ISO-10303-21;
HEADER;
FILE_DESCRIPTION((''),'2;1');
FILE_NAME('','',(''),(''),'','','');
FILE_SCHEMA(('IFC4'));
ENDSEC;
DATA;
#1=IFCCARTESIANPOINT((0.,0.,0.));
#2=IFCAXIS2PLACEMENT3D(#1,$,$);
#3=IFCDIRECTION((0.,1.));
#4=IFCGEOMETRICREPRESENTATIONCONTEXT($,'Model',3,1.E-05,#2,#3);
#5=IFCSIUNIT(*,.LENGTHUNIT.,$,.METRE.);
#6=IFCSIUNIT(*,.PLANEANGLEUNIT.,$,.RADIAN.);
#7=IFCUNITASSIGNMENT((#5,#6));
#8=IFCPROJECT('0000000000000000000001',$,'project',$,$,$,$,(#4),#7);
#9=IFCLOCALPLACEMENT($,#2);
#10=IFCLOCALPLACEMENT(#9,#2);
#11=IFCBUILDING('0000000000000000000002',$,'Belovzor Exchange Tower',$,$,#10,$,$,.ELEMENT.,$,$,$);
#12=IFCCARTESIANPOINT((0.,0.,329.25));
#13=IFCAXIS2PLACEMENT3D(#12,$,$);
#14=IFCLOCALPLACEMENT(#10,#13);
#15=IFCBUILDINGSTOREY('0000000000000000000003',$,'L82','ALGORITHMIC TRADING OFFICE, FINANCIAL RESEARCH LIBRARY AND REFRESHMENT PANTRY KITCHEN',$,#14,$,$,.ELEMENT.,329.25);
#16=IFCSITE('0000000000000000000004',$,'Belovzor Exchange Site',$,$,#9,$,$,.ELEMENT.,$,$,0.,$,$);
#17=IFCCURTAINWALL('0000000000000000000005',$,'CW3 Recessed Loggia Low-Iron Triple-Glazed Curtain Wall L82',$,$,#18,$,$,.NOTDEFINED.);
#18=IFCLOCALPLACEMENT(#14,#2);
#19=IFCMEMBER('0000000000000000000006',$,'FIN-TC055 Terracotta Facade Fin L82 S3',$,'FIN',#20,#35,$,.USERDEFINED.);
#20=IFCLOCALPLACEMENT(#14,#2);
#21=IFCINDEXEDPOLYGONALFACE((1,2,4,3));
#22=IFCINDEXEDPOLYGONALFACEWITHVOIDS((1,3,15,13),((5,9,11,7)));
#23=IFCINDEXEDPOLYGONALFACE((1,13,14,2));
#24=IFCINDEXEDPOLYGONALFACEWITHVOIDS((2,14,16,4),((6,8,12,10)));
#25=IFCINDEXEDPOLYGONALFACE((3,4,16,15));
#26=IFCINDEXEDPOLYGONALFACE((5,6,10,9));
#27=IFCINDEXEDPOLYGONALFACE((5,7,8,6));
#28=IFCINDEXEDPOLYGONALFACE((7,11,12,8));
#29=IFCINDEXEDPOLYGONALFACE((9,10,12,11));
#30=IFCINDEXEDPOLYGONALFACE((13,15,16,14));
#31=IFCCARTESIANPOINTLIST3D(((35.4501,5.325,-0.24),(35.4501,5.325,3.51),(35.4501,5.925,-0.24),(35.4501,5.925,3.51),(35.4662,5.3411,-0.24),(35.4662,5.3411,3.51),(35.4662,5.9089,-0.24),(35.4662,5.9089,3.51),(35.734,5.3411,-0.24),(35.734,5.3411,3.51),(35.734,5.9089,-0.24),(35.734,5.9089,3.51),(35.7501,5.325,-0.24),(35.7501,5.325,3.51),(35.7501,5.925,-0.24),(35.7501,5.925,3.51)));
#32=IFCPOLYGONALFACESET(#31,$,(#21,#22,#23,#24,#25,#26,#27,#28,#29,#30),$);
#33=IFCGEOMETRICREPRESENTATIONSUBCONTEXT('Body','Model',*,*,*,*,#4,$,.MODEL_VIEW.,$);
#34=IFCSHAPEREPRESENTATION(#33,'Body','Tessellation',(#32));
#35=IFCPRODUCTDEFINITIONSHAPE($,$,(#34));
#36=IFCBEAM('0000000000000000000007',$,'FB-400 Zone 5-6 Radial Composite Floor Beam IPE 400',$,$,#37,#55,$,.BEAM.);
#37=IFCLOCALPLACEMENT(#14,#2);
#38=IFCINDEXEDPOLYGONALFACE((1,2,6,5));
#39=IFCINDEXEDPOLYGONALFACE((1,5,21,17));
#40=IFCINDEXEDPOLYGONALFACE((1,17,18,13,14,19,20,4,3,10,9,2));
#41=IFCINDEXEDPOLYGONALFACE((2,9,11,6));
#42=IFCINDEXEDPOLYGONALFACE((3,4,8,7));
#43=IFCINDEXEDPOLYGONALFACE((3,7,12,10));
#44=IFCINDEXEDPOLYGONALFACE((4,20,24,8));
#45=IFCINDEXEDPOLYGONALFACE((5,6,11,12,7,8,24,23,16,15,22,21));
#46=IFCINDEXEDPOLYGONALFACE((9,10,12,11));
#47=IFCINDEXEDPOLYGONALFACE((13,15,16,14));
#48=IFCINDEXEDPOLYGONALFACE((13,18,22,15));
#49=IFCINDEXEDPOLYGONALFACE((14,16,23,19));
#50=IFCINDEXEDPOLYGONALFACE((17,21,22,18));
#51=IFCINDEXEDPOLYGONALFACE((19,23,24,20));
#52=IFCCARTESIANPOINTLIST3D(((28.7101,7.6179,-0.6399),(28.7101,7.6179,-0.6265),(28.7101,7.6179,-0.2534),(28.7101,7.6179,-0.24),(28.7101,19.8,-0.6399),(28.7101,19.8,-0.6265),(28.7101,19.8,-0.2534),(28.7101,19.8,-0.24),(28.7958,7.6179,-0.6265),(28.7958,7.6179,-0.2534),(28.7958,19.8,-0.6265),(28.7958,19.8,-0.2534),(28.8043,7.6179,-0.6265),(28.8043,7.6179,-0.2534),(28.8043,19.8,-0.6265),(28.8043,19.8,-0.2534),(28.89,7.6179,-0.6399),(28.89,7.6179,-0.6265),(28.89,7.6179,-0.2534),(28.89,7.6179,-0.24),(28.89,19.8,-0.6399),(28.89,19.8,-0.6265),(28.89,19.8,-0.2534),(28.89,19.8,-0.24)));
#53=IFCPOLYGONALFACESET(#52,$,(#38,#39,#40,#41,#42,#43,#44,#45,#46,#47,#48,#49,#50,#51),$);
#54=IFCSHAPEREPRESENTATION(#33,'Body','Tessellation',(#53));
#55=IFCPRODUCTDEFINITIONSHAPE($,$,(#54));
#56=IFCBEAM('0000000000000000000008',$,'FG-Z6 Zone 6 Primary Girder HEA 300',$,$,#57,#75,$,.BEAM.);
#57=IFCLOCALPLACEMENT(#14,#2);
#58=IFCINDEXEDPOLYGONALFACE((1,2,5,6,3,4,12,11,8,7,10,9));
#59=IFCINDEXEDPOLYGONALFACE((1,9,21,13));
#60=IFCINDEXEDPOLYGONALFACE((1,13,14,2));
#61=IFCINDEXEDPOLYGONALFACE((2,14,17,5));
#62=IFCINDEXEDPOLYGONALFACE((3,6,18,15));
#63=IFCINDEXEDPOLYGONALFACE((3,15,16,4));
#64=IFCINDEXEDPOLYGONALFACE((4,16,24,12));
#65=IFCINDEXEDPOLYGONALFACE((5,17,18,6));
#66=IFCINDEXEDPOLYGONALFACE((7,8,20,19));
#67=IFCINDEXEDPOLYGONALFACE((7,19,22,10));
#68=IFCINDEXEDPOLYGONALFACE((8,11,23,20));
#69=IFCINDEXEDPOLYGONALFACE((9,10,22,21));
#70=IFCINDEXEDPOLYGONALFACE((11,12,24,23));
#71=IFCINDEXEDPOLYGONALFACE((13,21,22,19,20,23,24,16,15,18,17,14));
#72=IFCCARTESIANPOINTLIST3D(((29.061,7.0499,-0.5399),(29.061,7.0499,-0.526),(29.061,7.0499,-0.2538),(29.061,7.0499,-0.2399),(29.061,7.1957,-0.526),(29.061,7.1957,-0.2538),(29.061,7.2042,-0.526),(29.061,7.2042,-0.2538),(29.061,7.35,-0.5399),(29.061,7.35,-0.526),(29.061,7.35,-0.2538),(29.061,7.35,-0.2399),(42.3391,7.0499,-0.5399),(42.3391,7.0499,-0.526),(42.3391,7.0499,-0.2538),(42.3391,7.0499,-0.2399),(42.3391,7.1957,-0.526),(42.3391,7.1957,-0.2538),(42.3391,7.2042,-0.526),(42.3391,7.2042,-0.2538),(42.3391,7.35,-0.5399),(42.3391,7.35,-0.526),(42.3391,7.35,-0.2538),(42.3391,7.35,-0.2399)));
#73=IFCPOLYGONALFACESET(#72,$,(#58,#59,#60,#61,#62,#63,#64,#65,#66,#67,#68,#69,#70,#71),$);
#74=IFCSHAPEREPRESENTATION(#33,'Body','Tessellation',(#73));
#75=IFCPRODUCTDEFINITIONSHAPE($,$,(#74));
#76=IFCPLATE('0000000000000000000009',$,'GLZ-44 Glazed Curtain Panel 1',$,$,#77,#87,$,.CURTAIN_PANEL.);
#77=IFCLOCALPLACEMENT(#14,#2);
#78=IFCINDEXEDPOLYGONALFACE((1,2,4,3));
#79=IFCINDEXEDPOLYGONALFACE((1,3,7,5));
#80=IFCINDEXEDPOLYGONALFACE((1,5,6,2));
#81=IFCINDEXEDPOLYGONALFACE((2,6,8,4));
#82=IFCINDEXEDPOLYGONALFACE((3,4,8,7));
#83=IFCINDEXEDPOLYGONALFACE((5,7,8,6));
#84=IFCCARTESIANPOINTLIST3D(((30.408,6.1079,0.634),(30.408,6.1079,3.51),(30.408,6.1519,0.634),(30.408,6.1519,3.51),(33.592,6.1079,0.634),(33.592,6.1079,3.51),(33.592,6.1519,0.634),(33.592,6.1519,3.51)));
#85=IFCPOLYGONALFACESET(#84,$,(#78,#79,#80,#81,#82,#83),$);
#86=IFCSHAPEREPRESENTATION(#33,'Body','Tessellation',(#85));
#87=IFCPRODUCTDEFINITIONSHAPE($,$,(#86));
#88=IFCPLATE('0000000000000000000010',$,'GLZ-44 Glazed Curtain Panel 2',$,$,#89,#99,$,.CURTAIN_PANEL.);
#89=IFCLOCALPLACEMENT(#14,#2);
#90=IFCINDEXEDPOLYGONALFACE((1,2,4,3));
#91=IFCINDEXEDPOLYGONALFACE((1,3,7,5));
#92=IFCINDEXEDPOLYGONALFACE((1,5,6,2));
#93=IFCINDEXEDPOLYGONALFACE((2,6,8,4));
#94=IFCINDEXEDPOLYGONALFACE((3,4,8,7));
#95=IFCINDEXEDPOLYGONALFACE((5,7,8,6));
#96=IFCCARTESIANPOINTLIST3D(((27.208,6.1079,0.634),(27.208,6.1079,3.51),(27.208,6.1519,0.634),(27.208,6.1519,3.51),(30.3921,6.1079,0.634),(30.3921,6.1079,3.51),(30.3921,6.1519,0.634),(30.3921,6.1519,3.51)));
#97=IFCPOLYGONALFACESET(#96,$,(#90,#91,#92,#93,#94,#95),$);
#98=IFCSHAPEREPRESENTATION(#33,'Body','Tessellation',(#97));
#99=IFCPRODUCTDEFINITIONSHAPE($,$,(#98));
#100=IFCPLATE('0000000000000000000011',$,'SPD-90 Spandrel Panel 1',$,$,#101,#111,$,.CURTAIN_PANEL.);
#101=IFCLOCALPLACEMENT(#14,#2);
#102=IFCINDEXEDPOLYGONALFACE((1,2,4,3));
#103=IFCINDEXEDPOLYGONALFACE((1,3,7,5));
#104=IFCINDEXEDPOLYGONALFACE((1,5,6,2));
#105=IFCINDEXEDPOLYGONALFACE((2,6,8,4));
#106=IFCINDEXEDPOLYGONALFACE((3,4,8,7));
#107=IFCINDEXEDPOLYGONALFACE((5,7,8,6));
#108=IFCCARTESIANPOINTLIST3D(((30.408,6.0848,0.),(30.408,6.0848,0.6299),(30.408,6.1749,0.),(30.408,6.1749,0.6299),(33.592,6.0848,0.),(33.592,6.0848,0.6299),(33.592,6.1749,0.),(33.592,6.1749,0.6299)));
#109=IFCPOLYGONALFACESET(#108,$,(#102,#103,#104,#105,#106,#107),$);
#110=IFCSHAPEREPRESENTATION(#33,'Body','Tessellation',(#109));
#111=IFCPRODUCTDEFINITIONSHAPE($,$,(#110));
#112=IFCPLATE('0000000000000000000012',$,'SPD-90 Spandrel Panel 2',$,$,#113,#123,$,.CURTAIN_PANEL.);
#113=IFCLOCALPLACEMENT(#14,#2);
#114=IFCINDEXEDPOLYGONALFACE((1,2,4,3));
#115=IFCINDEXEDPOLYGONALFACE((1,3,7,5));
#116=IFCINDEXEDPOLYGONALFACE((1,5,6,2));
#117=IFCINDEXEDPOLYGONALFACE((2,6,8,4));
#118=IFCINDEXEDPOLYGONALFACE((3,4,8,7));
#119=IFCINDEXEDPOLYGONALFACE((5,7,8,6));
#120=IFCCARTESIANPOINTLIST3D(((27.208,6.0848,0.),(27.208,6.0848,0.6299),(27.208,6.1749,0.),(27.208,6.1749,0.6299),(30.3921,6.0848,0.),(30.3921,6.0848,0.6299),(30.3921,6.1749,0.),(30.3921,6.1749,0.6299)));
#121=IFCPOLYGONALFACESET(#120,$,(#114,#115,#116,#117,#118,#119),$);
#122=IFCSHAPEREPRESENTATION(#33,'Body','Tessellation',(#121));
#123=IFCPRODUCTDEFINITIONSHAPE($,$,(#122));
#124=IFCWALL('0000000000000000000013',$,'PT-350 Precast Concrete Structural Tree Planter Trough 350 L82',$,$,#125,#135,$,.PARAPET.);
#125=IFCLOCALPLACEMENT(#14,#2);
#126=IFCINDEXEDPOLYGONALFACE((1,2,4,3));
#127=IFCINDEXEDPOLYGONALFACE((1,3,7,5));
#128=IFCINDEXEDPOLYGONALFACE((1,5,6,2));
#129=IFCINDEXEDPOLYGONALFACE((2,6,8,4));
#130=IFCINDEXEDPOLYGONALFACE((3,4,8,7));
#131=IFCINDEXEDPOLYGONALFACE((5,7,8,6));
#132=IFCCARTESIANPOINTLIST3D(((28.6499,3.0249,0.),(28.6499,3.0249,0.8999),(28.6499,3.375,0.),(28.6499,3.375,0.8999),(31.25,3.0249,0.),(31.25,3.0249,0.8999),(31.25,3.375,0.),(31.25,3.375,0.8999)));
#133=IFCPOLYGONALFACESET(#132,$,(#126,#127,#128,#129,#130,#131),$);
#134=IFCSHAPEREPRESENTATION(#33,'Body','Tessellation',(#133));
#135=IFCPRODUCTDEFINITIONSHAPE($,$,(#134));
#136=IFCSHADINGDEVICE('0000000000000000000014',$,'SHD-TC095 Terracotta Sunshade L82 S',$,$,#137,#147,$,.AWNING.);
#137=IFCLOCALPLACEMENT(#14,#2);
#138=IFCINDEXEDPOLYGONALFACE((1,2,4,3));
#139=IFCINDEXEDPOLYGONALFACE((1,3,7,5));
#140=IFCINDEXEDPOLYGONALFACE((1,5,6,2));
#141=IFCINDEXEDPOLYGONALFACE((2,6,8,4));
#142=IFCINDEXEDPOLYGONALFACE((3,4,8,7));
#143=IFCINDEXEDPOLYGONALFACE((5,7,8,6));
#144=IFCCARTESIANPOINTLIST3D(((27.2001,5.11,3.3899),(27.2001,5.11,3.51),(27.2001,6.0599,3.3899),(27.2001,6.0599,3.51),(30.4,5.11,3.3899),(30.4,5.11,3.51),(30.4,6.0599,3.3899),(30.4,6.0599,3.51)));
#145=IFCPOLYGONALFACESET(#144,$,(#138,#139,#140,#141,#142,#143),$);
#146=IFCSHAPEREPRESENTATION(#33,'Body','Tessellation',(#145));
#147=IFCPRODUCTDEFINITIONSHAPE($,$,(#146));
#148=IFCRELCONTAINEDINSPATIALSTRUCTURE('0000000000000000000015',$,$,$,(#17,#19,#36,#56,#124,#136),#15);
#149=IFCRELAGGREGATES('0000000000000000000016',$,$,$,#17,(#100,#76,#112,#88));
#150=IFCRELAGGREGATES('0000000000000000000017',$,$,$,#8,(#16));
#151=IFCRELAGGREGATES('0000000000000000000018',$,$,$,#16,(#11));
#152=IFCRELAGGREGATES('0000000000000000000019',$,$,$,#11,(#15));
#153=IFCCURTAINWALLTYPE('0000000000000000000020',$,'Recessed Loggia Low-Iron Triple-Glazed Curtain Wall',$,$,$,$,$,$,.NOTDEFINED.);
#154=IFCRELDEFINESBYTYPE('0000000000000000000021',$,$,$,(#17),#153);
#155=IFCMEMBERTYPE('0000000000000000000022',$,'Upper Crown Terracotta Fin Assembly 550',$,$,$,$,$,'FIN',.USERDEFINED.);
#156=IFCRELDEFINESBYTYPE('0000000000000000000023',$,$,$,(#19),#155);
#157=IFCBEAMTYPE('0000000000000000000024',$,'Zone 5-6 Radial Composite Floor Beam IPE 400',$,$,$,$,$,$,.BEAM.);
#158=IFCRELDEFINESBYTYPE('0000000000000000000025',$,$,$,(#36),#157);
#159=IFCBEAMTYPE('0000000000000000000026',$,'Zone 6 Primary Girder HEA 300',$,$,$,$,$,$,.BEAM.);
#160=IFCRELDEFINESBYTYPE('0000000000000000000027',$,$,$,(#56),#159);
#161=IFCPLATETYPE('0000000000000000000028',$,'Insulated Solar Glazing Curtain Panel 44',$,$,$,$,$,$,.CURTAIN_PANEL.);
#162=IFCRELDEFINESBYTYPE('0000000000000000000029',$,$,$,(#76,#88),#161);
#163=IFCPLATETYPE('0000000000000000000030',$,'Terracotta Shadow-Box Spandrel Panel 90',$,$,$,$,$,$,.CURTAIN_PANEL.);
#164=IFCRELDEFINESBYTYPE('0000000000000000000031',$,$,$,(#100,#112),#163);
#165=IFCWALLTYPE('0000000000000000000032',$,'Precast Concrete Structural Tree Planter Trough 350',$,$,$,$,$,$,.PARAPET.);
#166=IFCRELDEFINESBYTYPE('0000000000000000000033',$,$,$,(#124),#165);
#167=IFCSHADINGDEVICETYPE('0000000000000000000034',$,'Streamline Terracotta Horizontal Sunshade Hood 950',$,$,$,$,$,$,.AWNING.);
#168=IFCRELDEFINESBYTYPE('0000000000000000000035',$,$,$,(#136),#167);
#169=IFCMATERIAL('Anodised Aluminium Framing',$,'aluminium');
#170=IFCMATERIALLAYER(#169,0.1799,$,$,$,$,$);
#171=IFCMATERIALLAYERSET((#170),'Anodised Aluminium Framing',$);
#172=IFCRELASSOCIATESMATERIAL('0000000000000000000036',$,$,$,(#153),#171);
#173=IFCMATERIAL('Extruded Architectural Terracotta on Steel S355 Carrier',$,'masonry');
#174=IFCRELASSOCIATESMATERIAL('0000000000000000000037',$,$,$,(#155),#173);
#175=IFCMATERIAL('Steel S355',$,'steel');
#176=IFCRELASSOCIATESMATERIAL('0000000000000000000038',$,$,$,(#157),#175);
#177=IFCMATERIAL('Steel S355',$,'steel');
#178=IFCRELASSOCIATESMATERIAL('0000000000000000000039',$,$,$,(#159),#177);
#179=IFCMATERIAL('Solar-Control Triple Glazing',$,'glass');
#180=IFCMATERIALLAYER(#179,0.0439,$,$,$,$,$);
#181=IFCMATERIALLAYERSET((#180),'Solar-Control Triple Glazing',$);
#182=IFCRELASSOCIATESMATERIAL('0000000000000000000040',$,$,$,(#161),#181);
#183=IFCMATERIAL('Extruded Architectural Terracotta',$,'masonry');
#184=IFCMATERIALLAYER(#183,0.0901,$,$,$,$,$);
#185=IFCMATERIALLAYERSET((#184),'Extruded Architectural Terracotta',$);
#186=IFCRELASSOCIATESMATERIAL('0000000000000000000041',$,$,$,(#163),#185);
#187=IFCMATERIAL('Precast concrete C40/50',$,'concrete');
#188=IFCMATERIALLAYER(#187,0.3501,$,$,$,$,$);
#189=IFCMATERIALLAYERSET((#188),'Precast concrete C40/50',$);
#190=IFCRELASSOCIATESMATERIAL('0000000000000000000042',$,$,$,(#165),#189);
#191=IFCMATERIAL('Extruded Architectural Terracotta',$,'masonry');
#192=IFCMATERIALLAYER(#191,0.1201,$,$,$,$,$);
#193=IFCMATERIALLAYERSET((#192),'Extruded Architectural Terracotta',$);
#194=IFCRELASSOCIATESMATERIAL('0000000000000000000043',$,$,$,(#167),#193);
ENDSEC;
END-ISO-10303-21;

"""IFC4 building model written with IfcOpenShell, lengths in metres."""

from ifc_helpers import new_model, si_unit, direction, frame, frame_2d, origin, origin_2d, place, context, subcontext, project, spatial, rectangle, hollow_rectangle, i_section, extrude, material, layer, layer_set, material_profile, profile_set, type_object, element, aggregate, save


model = new_model("IFC4")

# Units and contexts
model_context = context("Model", 3, precision=1e-05, world=origin(), true_north=direction((0.0, 1.0)))
body_context = subcontext(model_context, "Body", "Model", "MODEL_VIEW")
ifc_project = project(units=[si_unit("LENGTHUNIT", "METRE"), si_unit("PLANEANGLEUNIT", "RADIAN")], contexts=[model_context])

# Site, building, storey
site_placement = place(None, origin())
site = spatial("IfcSite", under=ifc_project, at=site_placement, Name="Belovzor Exchange Site", CompositionType="ELEMENT", RefElevation=0.0)
building_placement = place(site_placement, origin())
building = spatial("IfcBuilding", under=site, at=building_placement, Name="Belovzor Exchange Tower", CompositionType="ELEMENT")
storey_placement = place(building_placement, frame((0.0, 0.0, 329.25)))
storey = spatial("IfcBuildingStorey", under=building, at=storey_placement, Name="L82", Description="ALGORITHMIC TRADING OFFICE, FINANCIAL RESEARCH LIBRARY AND REFRESHMENT PANTRY KITCHEN", CompositionType="ELEMENT", Elevation=329.25)

# Curtain wall
ifc_material_1 = material(Name="Anodised Aluminium Framing", Category="aluminium")
ifc_layer_1 = layer(ifc_material_1, 0.1799)
ifc_layer_set_1 = layer_set([ifc_layer_1], Name="Anodised Aluminium Framing")
curtain_wall_type = type_object("IfcCurtainWallType", Name="Recessed Loggia Low-Iron Triple-Glazed Curtain Wall", PredefinedType="NOTDEFINED", material=ifc_layer_set_1)
curtain_wall_placement = place(storey_placement, origin())
curtain_wall = element("IfcCurtainWall", 1, at=curtain_wall_placement, inside=storey, type_object=curtain_wall_type, Name="CW3 Recessed Loggia Low-Iron Triple-Glazed Curtain Wall L82", PredefinedType="NOTDEFINED")

# Member
ifc_material_2 = material(Name="Extruded Architectural Terracotta on Steel S355 Carrier", Category="masonry")
ifc_material_profile_1 = material_profile(ifc_material_2, hollow_rectangle(XDim=0.3, YDim=0.6001, WallThickness=0.0161, at=origin_2d()))
ifc_profile_set_1 = profile_set([ifc_material_profile_1], Name="Extruded Architectural Terracotta on Steel S355 Carrier")
member_type_1 = type_object("IfcMemberType", Name="Upper Crown Terracotta Fin Assembly 550", ElementType="FIN", PredefinedType="USERDEFINED", material=ifc_profile_set_1)
member_1_placement = place(storey_placement, frame((35.6001, 5.625, -0.24), z_axis=(0.0, 0.0, 1.0), x_axis=(1.0, 0.0, 0.0)))
element("IfcMember", 2, at=member_1_placement, inside=storey, type_object=member_type_1, Name="FIN-TC055 Terracotta Facade Fin L82 S3", ObjectType="FIN", PredefinedType="USERDEFINED", context=body_context, shape_type="SweptSolid", body=[
    extrude(hollow_rectangle(XDim=0.3, YDim=0.6001, WallThickness=0.0161, at=origin_2d()), origin(), (0.0, 0.0, 1.0), 3.75),
])

# Beams
ifc_material_3 = material(Name="Steel S355", Category="steel")
ifc_material_profile_2 = material_profile(ifc_material_3, i_section(OverallWidth=0.1799, OverallDepth=0.3999, WebThickness=0.0085, FlangeThickness=0.0134, at=origin_2d()))
ifc_profile_set_2 = profile_set([ifc_material_profile_2], Name="Steel S355")
beam_type_1 = type_object("IfcBeamType", Name="Zone 5-6 Radial Composite Floor Beam IPE 400", PredefinedType="BEAM", material=ifc_profile_set_2)
beam_1_placement = place(storey_placement, frame((28.8, 19.8, -0.4399), z_axis=(0.0, -1.0, 0.0), x_axis=(1.0, 0.0, 0.0)))
element("IfcBeam", 3, at=beam_1_placement, inside=storey, type_object=beam_type_1, Name="FB-400 Zone 5-6 Radial Composite Floor Beam IPE 400", PredefinedType="BEAM", context=body_context, shape_type="SweptSolid", body=[
    extrude(i_section(OverallWidth=0.1799, OverallDepth=0.3999, WebThickness=0.0085, FlangeThickness=0.0134, at=origin_2d()), origin(), (0.0, 0.0, 1.0), 12.1821),
])
ifc_material_4 = material(Name="Steel S355", Category="steel")
ifc_material_profile_3 = material_profile(ifc_material_4, i_section(OverallWidth=0.3, OverallDepth=0.3, WebThickness=0.0085, FlangeThickness=0.0139, at=origin_2d()))
ifc_profile_set_3 = profile_set([ifc_material_profile_3], Name="Steel S355")
beam_type_2 = type_object("IfcBeamType", Name="Zone 6 Primary Girder HEA 300", PredefinedType="BEAM", material=ifc_profile_set_3)
beam_2_placement = place(storey_placement, frame((29.061, 7.2, -0.3899), z_axis=(1.0, 0.0, 0.0), x_axis=(0.0, 1.0, 0.0)))
element("IfcBeam", 4, at=beam_2_placement, inside=storey, type_object=beam_type_2, Name="FG-Z6 Zone 6 Primary Girder HEA 300", PredefinedType="BEAM", context=body_context, shape_type="SweptSolid", body=[
    extrude(i_section(OverallWidth=0.3, OverallDepth=0.3, WebThickness=0.0085, FlangeThickness=0.0139, at=origin_2d()), origin(), (0.0, 0.0, 1.0), 13.2781),
])

# Plates
ifc_material_5 = material(Name="Solar-Control Triple Glazing", Category="glass")
ifc_layer_2 = layer(ifc_material_5, 0.0439)
ifc_layer_set_2 = layer_set([ifc_layer_2], Name="Solar-Control Triple Glazing")
plate_type_1 = type_object("IfcPlateType", Name="Insulated Solar Glazing Curtain Panel 44", PredefinedType="CURTAIN_PANEL", material=ifc_layer_set_2)
plate_1_placement = place(storey_placement, frame((32.0, 6.1299, 0.634), z_axis=(0.0, 0.0, 1.0), x_axis=(-1.0, 0.0, 0.0)))
plate_1 = element("IfcPlate", 5, at=plate_1_placement, type_object=plate_type_1, Name="GLZ-44 Glazed Curtain Panel 1", PredefinedType="CURTAIN_PANEL", context=body_context, shape_type="SweptSolid", body=[
    extrude(rectangle(XDim=3.1841, YDim=0.0439, at=origin_2d()), origin(), (0.0, 0.0, 1.0), 2.876),
])
plate_2_placement = place(storey_placement, frame((28.8, 6.1299, 0.634), z_axis=(0.0, 0.0, 1.0), x_axis=(-1.0, 0.0, 0.0)))
plate_2 = element("IfcPlate", 6, at=plate_2_placement, type_object=plate_type_1, Name="GLZ-44 Glazed Curtain Panel 2", PredefinedType="CURTAIN_PANEL", context=body_context, shape_type="SweptSolid", body=[
    extrude(rectangle(XDim=3.1841, YDim=0.0439, at=origin_2d()), origin(), (0.0, 0.0, 1.0), 2.876),
])
ifc_material_6 = material(Name="Extruded Architectural Terracotta", Category="masonry")
ifc_layer_3 = layer(ifc_material_6, 0.0901)
ifc_layer_set_3 = layer_set([ifc_layer_3], Name="Extruded Architectural Terracotta")
plate_type_2 = type_object("IfcPlateType", Name="Terracotta Shadow-Box Spandrel Panel 90", PredefinedType="CURTAIN_PANEL", material=ifc_layer_set_3)
plate_3_placement = place(storey_placement, frame((32.0, 6.1299, 0.0), z_axis=(0.0, 0.0, 1.0), x_axis=(-1.0, 0.0, 0.0)))
plate_3 = element("IfcPlate", 7, at=plate_3_placement, type_object=plate_type_2, Name="SPD-90 Spandrel Panel 1", PredefinedType="CURTAIN_PANEL", context=body_context, shape_type="SweptSolid", body=[
    extrude(rectangle(XDim=3.1841, YDim=0.0901, at=origin_2d()), origin(), (0.0, 0.0, 1.0), 0.6299),
])
plate_4_placement = place(storey_placement, frame((28.8, 6.1299, 0.0), z_axis=(0.0, 0.0, 1.0), x_axis=(-1.0, 0.0, 0.0)))
plate_4 = element("IfcPlate", 8, at=plate_4_placement, type_object=plate_type_2, Name="SPD-90 Spandrel Panel 2", PredefinedType="CURTAIN_PANEL", context=body_context, shape_type="SweptSolid", body=[
    extrude(rectangle(XDim=3.1841, YDim=0.0901, at=origin_2d()), origin(), (0.0, 0.0, 1.0), 0.6299),
])
aggregate(curtain_wall, [plate_3, plate_1, plate_4, plate_2])

# Wall
ifc_material_7 = material(Name="Precast concrete C40/50", Category="concrete")
ifc_layer_4 = layer(ifc_material_7, 0.3501)
ifc_layer_set_4 = layer_set([ifc_layer_4], Name="Precast concrete C40/50")
wall_type = type_object("IfcWallType", Name="Precast Concrete Structural Tree Planter Trough 350", PredefinedType="PARAPET", material=ifc_layer_set_4)
wall_placement = place(storey_placement, frame((28.6499, 3.2, 0.0), z_axis=(0.0, 0.0, 1.0), x_axis=(1.0, 0.0, 0.0)))
element("IfcWall", 9, at=wall_placement, inside=storey, type_object=wall_type, Name="PT-350 Precast Concrete Structural Tree Planter Trough 350 L82", PredefinedType="PARAPET", context=body_context, shape_type="SweptSolid", body=[
    extrude(rectangle(XDim=2.6001, YDim=0.3501, at=frame_2d((1.3, 0.0))), origin(), (0.0, 0.0, 1.0), 0.8999),
])

# Shading device
ifc_material_8 = material(Name="Extruded Architectural Terracotta", Category="masonry")
ifc_layer_5 = layer(ifc_material_8, 0.1201)
ifc_layer_set_5 = layer_set([ifc_layer_5], Name="Extruded Architectural Terracotta")
shading_device_type = type_object("IfcShadingDeviceType", Name="Streamline Terracotta Horizontal Sunshade Hood 950", PredefinedType="AWNING", material=ifc_layer_set_5)
shading_device_placement = place(storey_placement, frame((28.8, 5.585, 3.3899), z_axis=(0.0, 0.0, 1.0), x_axis=(1.0, 0.0, 0.0)))
element("IfcShadingDevice", 10, at=shading_device_placement, inside=storey, type_object=shading_device_type, Name="SHD-TC095 Terracotta Sunshade L82 S", PredefinedType="AWNING", context=body_context, shape_type="SweptSolid", body=[
    extrude(rectangle(XDim=3.2, YDim=0.95, at=origin_2d()), origin(), (0.0, 0.0, 1.0), 0.1201),
])

save(model, "model.ifc")
